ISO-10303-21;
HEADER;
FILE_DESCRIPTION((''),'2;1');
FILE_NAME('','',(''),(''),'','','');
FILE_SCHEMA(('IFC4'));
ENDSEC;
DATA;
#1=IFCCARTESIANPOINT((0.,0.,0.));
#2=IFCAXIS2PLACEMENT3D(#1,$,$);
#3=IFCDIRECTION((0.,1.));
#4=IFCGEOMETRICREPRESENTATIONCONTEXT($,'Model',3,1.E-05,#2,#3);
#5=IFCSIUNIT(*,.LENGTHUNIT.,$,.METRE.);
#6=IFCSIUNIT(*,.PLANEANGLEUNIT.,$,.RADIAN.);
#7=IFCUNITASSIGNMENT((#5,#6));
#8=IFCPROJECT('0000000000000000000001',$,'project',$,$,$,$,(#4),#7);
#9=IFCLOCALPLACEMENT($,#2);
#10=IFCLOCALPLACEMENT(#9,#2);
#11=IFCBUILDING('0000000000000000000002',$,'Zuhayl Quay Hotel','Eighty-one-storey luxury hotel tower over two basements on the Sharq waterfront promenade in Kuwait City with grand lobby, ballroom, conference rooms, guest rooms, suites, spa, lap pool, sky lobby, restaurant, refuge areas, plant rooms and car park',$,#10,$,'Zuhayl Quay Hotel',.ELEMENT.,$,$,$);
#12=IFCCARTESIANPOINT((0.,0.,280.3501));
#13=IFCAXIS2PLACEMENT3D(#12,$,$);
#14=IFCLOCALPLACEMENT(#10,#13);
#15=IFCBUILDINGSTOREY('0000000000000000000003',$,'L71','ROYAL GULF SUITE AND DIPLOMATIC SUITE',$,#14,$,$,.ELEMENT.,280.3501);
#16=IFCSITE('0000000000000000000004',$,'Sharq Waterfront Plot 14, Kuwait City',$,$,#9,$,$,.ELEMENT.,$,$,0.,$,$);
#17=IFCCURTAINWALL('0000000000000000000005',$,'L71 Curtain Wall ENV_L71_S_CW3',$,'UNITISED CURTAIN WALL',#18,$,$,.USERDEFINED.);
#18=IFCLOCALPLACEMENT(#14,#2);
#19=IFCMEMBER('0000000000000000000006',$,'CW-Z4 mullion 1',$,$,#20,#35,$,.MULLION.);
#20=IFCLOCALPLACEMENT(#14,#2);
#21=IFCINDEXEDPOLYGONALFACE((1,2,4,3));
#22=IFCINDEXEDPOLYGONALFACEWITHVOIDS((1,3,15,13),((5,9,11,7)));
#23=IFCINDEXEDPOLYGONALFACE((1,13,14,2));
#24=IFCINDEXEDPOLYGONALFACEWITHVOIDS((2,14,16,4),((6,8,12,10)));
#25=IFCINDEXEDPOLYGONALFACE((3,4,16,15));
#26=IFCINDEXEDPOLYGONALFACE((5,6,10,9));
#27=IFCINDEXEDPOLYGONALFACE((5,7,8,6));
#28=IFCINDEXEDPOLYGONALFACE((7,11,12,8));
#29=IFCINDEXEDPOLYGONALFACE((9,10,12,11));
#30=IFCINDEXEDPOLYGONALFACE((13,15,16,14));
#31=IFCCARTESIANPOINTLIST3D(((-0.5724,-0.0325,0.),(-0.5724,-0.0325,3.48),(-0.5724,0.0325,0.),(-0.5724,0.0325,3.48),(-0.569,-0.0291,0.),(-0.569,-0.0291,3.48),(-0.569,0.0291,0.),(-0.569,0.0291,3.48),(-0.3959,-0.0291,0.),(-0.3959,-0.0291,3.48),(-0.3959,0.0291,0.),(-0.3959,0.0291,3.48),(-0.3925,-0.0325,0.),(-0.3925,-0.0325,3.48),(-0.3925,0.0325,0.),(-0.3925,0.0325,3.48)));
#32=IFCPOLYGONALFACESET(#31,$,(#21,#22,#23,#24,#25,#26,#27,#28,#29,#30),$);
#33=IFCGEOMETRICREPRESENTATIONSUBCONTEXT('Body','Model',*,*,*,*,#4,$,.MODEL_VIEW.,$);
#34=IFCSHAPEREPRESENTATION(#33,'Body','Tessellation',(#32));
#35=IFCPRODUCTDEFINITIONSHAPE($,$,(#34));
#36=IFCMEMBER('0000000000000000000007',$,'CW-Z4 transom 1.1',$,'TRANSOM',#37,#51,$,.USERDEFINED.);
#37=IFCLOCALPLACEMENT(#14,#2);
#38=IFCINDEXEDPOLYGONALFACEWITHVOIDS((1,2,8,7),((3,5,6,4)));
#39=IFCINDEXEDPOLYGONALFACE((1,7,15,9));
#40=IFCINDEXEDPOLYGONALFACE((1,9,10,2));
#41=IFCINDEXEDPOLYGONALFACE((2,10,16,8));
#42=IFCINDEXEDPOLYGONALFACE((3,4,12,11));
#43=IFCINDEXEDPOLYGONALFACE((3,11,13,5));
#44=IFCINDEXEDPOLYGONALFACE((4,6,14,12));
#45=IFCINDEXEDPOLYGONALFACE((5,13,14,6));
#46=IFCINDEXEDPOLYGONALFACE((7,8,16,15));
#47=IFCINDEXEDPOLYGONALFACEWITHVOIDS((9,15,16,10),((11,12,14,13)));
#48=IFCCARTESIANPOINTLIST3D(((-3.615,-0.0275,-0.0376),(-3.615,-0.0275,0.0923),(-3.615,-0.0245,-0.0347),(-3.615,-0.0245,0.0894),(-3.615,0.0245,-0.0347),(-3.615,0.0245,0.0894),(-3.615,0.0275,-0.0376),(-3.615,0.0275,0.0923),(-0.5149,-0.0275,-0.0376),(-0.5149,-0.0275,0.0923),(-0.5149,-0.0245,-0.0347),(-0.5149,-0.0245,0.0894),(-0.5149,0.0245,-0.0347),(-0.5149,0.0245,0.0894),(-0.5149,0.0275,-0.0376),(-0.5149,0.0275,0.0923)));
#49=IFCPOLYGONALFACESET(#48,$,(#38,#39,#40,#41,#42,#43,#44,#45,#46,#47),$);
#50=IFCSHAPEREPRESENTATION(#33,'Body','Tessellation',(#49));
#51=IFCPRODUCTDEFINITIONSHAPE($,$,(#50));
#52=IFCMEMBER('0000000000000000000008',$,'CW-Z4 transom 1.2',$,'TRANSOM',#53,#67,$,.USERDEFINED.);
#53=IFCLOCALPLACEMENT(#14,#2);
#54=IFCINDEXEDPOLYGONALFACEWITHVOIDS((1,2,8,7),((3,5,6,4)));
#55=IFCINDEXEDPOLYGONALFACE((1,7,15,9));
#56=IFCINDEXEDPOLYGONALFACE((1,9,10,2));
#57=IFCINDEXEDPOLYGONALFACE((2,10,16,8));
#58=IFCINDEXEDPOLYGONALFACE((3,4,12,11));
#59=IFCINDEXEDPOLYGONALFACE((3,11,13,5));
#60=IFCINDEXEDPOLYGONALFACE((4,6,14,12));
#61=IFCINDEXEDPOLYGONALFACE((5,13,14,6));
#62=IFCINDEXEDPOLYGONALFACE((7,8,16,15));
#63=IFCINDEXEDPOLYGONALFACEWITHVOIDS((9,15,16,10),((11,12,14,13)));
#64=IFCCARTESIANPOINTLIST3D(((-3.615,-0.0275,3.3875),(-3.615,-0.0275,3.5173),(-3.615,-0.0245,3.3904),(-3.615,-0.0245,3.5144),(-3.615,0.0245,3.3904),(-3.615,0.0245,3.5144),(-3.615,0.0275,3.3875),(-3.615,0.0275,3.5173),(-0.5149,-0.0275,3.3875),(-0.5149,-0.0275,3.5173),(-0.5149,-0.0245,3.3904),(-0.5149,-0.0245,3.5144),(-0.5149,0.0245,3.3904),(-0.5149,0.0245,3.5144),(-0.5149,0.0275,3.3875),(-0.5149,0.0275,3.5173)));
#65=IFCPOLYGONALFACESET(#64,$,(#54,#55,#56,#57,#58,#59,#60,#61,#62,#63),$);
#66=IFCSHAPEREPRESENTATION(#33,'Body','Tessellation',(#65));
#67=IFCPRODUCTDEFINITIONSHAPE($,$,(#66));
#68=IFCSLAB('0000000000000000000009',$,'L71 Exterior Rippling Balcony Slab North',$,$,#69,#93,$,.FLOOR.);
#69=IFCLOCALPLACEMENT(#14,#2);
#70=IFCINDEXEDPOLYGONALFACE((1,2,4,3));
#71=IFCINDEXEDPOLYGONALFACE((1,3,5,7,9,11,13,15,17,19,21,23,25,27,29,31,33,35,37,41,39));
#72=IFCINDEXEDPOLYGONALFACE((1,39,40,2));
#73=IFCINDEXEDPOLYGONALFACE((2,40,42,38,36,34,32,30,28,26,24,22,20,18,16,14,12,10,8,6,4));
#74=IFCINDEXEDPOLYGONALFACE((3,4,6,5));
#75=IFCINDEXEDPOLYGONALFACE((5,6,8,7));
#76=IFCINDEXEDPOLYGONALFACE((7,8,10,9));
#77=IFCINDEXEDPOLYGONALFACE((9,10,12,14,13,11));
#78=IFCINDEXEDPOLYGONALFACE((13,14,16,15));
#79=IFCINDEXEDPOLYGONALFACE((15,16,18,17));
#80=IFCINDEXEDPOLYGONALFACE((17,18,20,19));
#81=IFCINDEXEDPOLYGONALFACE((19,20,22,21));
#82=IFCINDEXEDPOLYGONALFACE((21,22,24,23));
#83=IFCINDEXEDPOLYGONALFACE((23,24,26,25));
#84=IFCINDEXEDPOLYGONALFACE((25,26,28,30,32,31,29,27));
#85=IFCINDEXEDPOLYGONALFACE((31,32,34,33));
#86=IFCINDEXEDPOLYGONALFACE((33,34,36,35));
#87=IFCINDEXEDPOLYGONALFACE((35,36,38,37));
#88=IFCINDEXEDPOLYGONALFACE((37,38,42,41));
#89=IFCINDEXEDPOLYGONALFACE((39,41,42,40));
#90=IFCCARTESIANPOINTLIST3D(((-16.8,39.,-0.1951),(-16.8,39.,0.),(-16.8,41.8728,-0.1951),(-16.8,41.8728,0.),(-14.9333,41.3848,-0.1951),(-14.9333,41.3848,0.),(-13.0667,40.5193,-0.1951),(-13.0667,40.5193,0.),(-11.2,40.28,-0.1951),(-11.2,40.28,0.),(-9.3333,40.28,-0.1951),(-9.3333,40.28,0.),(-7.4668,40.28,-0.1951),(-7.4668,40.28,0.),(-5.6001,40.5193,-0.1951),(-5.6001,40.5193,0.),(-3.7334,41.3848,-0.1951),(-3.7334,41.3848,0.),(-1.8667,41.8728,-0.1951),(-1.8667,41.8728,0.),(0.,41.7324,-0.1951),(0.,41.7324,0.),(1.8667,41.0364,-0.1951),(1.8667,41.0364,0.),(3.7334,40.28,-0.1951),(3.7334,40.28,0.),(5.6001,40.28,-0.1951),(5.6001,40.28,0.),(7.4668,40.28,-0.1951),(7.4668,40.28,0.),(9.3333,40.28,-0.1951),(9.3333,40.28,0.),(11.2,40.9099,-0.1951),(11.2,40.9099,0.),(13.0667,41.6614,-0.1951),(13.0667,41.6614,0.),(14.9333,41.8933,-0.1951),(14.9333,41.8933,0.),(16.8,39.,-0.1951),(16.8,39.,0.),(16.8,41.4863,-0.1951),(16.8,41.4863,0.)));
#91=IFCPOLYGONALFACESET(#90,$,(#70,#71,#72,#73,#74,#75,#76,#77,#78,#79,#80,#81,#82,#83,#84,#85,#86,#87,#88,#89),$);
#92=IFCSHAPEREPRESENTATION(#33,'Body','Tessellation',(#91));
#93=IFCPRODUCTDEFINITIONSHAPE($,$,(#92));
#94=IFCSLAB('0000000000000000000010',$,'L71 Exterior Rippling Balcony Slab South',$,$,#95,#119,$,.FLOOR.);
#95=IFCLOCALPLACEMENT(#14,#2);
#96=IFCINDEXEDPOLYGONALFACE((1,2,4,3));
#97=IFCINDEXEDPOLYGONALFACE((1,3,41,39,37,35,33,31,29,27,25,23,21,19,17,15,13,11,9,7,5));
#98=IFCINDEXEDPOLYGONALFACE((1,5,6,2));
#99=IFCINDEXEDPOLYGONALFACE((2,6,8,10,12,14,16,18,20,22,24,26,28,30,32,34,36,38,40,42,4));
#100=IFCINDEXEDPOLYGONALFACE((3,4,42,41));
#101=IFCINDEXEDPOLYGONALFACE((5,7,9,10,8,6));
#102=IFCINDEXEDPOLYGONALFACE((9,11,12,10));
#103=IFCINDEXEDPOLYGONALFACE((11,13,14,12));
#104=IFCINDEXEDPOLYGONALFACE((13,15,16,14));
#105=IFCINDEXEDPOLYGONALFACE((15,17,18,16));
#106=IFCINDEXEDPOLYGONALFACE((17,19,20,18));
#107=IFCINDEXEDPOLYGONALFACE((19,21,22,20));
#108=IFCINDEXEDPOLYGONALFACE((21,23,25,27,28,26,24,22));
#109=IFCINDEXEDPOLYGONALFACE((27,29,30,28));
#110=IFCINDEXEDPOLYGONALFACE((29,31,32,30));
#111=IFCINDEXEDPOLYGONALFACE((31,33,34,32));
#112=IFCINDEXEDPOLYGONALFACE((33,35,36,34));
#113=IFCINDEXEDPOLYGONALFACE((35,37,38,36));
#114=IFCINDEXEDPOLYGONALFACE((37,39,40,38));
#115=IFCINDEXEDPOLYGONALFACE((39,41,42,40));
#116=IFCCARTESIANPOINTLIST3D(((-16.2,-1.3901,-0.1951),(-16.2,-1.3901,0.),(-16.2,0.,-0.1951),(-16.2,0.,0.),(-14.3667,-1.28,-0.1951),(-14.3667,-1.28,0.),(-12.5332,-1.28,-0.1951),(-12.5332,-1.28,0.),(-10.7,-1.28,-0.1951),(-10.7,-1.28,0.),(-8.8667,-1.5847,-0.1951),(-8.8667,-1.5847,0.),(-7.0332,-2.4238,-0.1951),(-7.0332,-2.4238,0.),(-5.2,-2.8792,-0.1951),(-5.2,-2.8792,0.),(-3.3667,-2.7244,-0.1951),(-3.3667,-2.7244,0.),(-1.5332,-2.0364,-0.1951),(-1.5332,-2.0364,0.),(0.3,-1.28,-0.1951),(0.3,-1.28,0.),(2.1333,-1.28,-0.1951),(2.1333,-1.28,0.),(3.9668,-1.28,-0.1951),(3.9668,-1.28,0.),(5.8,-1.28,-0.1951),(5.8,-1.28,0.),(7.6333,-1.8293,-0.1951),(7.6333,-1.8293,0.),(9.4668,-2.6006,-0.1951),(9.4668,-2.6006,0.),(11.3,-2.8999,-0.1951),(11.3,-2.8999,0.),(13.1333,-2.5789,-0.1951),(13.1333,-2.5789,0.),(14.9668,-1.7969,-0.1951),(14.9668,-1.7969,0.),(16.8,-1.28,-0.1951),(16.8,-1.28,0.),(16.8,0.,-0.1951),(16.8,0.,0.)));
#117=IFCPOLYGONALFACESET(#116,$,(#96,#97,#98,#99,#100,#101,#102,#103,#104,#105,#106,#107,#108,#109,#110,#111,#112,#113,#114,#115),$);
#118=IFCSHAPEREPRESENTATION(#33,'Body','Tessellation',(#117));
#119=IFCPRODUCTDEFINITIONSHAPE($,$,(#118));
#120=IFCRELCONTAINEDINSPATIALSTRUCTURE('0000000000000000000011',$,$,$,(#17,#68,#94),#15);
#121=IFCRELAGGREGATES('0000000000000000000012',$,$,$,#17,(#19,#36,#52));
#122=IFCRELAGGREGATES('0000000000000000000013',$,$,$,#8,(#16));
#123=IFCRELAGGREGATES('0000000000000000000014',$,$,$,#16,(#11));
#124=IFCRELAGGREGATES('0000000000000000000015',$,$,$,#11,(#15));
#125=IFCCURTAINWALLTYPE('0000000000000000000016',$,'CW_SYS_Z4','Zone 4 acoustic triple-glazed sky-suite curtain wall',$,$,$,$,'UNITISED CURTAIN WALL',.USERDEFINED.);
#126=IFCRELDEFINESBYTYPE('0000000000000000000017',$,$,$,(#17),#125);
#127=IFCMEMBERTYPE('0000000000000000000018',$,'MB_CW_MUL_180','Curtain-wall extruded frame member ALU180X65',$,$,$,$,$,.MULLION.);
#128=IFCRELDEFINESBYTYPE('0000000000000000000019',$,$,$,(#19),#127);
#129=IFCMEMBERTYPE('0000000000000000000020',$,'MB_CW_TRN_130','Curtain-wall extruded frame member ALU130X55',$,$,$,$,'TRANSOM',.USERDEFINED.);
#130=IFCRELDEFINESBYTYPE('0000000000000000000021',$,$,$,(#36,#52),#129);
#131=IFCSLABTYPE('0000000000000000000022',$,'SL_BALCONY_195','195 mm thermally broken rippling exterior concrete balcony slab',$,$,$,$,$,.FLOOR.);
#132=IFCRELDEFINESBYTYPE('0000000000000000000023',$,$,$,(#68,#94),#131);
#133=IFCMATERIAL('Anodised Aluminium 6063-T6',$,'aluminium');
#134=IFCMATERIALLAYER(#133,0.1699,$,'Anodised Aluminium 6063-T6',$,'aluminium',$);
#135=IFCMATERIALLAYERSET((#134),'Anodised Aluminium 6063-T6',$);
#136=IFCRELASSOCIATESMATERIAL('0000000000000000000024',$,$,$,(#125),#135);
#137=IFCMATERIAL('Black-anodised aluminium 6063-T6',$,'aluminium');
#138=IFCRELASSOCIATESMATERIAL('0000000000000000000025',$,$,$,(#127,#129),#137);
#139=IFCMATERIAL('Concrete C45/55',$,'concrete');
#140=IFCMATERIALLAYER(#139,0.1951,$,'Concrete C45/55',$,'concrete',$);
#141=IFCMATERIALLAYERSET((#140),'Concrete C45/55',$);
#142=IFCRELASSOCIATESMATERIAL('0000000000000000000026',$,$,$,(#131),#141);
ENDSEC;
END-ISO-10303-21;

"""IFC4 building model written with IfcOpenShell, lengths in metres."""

from ifc_helpers import new_model, si_unit, direction, frame, origin, origin_2d, place, context, subcontext, project, spatial, polyline, hollow_rectangle, outline, extrude, material, layer, layer_set, material_profile, profile_set, type_object, element, aggregate, save


model = new_model("IFC4")

# Units and contexts
model_context = context("Model", 3, precision=1e-05, world=origin(), true_north=direction((0.0, 1.0)))
body_context = subcontext(model_context, "Body", "Model", "MODEL_VIEW")
ifc_project = project(units=[si_unit("LENGTHUNIT", "METRE"), si_unit("PLANEANGLEUNIT", "RADIAN")], contexts=[model_context])

# Site, building, storey
site_placement = place(None, origin())
site = spatial("IfcSite", under=ifc_project, at=site_placement, Name="Sharq Waterfront Plot 14, Kuwait City", CompositionType="ELEMENT", RefElevation=0.0)
building_placement = place(site_placement, origin())
building = spatial("IfcBuilding", under=site, at=building_placement, Name="Zuhayl Quay Hotel", Description="Eighty-one-storey luxury hotel tower over two basements on the Sharq waterfront promenade in Kuwait City with grand lobby, ballroom, conference rooms, guest rooms, suites, spa, lap pool, sky lobby, restaurant, refuge areas, plant rooms and car park", LongName="Zuhayl Quay Hotel", CompositionType="ELEMENT")
storey_placement = place(building_placement, frame((0.0, 0.0, 280.3501)))
storey = spatial("IfcBuildingStorey", under=building, at=storey_placement, Name="L71", Description="ROYAL GULF SUITE AND DIPLOMATIC SUITE", CompositionType="ELEMENT", Elevation=280.3501)

# Curtain wall, members
ifc_material_1 = material(Name="Anodised Aluminium 6063-T6", Category="aluminium")
ifc_layer_1 = layer(ifc_material_1, 0.1699, Name="Anodised Aluminium 6063-T6", Category="aluminium")
ifc_layer_set_1 = layer_set([ifc_layer_1], Name="Anodised Aluminium 6063-T6")
curtain_wall_type = type_object("IfcCurtainWallType", Name="CW_SYS_Z4", Description="Zone 4 acoustic triple-glazed sky-suite curtain wall", ElementType="UNITISED CURTAIN WALL", PredefinedType="USERDEFINED", material=ifc_layer_set_1)
curtain_wall_placement = place(storey_placement, origin())
curtain_wall = element("IfcCurtainWall", 1, at=curtain_wall_placement, inside=storey, type_object=curtain_wall_type, Name="L71 Curtain Wall ENV_L71_S_CW3", ObjectType="UNITISED CURTAIN WALL", PredefinedType="USERDEFINED")
ifc_material_2 = material(Name="Black-anodised aluminium 6063-T6", Category="aluminium")
ifc_material_profile_1 = material_profile(ifc_material_2, hollow_rectangle(XDim=0.0649, YDim=0.1799, WallThickness=0.0034, at=origin_2d()), Name="ALU180X65")
ifc_profile_set_1 = profile_set([ifc_material_profile_1], Name="Black-anodised aluminium 6063-T6")
member_type_1 = type_object("IfcMemberType", Name="MB_CW_MUL_180", Description="Curtain-wall extruded frame member ALU180X65", PredefinedType="MULLION", material=ifc_profile_set_1)
member_1_placement = place(storey_placement, frame((-0.4824, 0.0, 0.0), z_axis=(0.0, 0.0, 1.0), x_axis=(0.0, -1.0, 0.0)))
member_1 = element("IfcMember", 2, at=member_1_placement, type_object=member_type_1, Name="CW-Z4 mullion 1", PredefinedType="MULLION", context=body_context, shape_type="SweptSolid", body=[
    extrude(hollow_rectangle(XDim=0.0649, YDim=0.1799, WallThickness=0.0034, at=origin_2d()), origin(), (0.0, 0.0, 1.0), 3.48),
])
ifc_material_profile_2 = material_profile(ifc_material_2, hollow_rectangle(XDim=0.0549, YDim=0.1299, WallThickness=0.0029, at=origin_2d()), Name="ALU130X55")
ifc_profile_set_2 = profile_set([ifc_material_profile_2], Name="Black-anodised aluminium 6063-T6")
member_type_2 = type_object("IfcMemberType", Name="MB_CW_TRN_130", Description="Curtain-wall extruded frame member ALU130X55", ElementType="TRANSOM", PredefinedType="USERDEFINED", material=ifc_profile_set_2)
member_2_placement = place(storey_placement, frame((-0.5149, 0.0, 0.0273), z_axis=(-1.0, 0.0, 0.0), x_axis=(0.0, -1.0, 0.0)))
member_2 = element("IfcMember", 3, at=member_2_placement, type_object=member_type_2, Name="CW-Z4 transom 1.1", ObjectType="TRANSOM", PredefinedType="USERDEFINED", context=body_context, shape_type="SweptSolid", body=[
    extrude(hollow_rectangle(XDim=0.0549, YDim=0.1299, WallThickness=0.0029, at=origin_2d()), origin(), (0.0, 0.0, 1.0), 3.1001),
])
member_3_placement = place(storey_placement, frame((-0.5149, 0.0, 3.4524), z_axis=(-1.0, 0.0, 0.0), x_axis=(0.0, -1.0, 0.0)))
member_3 = element("IfcMember", 4, at=member_3_placement, type_object=member_type_2, Name="CW-Z4 transom 1.2", ObjectType="TRANSOM", PredefinedType="USERDEFINED", context=body_context, shape_type="SweptSolid", body=[
    extrude(hollow_rectangle(XDim=0.0549, YDim=0.1299, WallThickness=0.0029, at=origin_2d()), origin(), (0.0, 0.0, 1.0), 3.1001),
])
aggregate(curtain_wall, [member_1, member_2, member_3])

# Slabs
ifc_material_3 = material(Name="Concrete C45/55", Category="concrete")
ifc_layer_2 = layer(ifc_material_3, 0.1951, Name="Concrete C45/55", Category="concrete")
ifc_layer_set_2 = layer_set([ifc_layer_2], Name="Concrete C45/55")
slab_type_1 = type_object("IfcSlabType", Name="SL_BALCONY_195", Description="195 mm thermally broken rippling exterior concrete balcony slab", PredefinedType="FLOOR", material=ifc_layer_set_2)
slab_1_placement = place(storey_placement, frame((0.0, 0.0, -0.1951)))
element("IfcSlab", 5, at=slab_1_placement, inside=storey, type_object=slab_type_1, Name="L71 Exterior Rippling Balcony Slab North", PredefinedType="FLOOR", context=body_context, shape_type="SweptSolid", body=[
    extrude(outline(polyline([(-16.8, 39.0), (16.8, 39.0), (16.8, 41.4863), (14.9333, 41.8933), (13.0667, 41.6614), (11.2, 40.9099), (9.3333, 40.28), (7.4668, 40.28), (5.6001, 40.28), (3.7334, 40.28), (1.8667, 41.0364), (0.0, 41.7324), (-1.8667, 41.8728), (-3.7334, 41.3848), (-5.6001, 40.5193), (-7.4668, 40.28), (-9.3333, 40.28), (-11.2, 40.28), (-13.0667, 40.5193), (-14.9333, 41.3848), (-16.8, 41.8728), (-16.8, 39.0)])), origin(), (0.0, 0.0, 1.0), 0.1951),
])
slab_2_placement = place(storey_placement, frame((0.0, 0.0, -0.1951)))
element("IfcSlab", 6, at=slab_2_placement, inside=storey, type_object=slab_type_1, Name="L71 Exterior Rippling Balcony Slab South", PredefinedType="FLOOR", context=body_context, shape_type="SweptSolid", body=[
    extrude(outline(polyline([(-16.2, -1.3901), (-14.3667, -1.28), (-12.5332, -1.28), (-10.7, -1.28), (-8.8667, -1.5847), (-7.0332, -2.4238), (-5.2, -2.8792), (-3.3667, -2.7244), (-1.5332, -2.0364), (0.3, -1.28), (2.1333, -1.28), (3.9668, -1.28), (5.8, -1.28), (7.6333, -1.8293), (9.4668, -2.6006), (11.3, -2.8999), (13.1333, -2.5789), (14.9668, -1.7969), (16.8, -1.28), (16.8, 0.0), (-16.2, 0.0), (-16.2, -1.3901)])), origin(), (0.0, 0.0, 1.0), 0.1951),
])

save(model, "model.ifc")
